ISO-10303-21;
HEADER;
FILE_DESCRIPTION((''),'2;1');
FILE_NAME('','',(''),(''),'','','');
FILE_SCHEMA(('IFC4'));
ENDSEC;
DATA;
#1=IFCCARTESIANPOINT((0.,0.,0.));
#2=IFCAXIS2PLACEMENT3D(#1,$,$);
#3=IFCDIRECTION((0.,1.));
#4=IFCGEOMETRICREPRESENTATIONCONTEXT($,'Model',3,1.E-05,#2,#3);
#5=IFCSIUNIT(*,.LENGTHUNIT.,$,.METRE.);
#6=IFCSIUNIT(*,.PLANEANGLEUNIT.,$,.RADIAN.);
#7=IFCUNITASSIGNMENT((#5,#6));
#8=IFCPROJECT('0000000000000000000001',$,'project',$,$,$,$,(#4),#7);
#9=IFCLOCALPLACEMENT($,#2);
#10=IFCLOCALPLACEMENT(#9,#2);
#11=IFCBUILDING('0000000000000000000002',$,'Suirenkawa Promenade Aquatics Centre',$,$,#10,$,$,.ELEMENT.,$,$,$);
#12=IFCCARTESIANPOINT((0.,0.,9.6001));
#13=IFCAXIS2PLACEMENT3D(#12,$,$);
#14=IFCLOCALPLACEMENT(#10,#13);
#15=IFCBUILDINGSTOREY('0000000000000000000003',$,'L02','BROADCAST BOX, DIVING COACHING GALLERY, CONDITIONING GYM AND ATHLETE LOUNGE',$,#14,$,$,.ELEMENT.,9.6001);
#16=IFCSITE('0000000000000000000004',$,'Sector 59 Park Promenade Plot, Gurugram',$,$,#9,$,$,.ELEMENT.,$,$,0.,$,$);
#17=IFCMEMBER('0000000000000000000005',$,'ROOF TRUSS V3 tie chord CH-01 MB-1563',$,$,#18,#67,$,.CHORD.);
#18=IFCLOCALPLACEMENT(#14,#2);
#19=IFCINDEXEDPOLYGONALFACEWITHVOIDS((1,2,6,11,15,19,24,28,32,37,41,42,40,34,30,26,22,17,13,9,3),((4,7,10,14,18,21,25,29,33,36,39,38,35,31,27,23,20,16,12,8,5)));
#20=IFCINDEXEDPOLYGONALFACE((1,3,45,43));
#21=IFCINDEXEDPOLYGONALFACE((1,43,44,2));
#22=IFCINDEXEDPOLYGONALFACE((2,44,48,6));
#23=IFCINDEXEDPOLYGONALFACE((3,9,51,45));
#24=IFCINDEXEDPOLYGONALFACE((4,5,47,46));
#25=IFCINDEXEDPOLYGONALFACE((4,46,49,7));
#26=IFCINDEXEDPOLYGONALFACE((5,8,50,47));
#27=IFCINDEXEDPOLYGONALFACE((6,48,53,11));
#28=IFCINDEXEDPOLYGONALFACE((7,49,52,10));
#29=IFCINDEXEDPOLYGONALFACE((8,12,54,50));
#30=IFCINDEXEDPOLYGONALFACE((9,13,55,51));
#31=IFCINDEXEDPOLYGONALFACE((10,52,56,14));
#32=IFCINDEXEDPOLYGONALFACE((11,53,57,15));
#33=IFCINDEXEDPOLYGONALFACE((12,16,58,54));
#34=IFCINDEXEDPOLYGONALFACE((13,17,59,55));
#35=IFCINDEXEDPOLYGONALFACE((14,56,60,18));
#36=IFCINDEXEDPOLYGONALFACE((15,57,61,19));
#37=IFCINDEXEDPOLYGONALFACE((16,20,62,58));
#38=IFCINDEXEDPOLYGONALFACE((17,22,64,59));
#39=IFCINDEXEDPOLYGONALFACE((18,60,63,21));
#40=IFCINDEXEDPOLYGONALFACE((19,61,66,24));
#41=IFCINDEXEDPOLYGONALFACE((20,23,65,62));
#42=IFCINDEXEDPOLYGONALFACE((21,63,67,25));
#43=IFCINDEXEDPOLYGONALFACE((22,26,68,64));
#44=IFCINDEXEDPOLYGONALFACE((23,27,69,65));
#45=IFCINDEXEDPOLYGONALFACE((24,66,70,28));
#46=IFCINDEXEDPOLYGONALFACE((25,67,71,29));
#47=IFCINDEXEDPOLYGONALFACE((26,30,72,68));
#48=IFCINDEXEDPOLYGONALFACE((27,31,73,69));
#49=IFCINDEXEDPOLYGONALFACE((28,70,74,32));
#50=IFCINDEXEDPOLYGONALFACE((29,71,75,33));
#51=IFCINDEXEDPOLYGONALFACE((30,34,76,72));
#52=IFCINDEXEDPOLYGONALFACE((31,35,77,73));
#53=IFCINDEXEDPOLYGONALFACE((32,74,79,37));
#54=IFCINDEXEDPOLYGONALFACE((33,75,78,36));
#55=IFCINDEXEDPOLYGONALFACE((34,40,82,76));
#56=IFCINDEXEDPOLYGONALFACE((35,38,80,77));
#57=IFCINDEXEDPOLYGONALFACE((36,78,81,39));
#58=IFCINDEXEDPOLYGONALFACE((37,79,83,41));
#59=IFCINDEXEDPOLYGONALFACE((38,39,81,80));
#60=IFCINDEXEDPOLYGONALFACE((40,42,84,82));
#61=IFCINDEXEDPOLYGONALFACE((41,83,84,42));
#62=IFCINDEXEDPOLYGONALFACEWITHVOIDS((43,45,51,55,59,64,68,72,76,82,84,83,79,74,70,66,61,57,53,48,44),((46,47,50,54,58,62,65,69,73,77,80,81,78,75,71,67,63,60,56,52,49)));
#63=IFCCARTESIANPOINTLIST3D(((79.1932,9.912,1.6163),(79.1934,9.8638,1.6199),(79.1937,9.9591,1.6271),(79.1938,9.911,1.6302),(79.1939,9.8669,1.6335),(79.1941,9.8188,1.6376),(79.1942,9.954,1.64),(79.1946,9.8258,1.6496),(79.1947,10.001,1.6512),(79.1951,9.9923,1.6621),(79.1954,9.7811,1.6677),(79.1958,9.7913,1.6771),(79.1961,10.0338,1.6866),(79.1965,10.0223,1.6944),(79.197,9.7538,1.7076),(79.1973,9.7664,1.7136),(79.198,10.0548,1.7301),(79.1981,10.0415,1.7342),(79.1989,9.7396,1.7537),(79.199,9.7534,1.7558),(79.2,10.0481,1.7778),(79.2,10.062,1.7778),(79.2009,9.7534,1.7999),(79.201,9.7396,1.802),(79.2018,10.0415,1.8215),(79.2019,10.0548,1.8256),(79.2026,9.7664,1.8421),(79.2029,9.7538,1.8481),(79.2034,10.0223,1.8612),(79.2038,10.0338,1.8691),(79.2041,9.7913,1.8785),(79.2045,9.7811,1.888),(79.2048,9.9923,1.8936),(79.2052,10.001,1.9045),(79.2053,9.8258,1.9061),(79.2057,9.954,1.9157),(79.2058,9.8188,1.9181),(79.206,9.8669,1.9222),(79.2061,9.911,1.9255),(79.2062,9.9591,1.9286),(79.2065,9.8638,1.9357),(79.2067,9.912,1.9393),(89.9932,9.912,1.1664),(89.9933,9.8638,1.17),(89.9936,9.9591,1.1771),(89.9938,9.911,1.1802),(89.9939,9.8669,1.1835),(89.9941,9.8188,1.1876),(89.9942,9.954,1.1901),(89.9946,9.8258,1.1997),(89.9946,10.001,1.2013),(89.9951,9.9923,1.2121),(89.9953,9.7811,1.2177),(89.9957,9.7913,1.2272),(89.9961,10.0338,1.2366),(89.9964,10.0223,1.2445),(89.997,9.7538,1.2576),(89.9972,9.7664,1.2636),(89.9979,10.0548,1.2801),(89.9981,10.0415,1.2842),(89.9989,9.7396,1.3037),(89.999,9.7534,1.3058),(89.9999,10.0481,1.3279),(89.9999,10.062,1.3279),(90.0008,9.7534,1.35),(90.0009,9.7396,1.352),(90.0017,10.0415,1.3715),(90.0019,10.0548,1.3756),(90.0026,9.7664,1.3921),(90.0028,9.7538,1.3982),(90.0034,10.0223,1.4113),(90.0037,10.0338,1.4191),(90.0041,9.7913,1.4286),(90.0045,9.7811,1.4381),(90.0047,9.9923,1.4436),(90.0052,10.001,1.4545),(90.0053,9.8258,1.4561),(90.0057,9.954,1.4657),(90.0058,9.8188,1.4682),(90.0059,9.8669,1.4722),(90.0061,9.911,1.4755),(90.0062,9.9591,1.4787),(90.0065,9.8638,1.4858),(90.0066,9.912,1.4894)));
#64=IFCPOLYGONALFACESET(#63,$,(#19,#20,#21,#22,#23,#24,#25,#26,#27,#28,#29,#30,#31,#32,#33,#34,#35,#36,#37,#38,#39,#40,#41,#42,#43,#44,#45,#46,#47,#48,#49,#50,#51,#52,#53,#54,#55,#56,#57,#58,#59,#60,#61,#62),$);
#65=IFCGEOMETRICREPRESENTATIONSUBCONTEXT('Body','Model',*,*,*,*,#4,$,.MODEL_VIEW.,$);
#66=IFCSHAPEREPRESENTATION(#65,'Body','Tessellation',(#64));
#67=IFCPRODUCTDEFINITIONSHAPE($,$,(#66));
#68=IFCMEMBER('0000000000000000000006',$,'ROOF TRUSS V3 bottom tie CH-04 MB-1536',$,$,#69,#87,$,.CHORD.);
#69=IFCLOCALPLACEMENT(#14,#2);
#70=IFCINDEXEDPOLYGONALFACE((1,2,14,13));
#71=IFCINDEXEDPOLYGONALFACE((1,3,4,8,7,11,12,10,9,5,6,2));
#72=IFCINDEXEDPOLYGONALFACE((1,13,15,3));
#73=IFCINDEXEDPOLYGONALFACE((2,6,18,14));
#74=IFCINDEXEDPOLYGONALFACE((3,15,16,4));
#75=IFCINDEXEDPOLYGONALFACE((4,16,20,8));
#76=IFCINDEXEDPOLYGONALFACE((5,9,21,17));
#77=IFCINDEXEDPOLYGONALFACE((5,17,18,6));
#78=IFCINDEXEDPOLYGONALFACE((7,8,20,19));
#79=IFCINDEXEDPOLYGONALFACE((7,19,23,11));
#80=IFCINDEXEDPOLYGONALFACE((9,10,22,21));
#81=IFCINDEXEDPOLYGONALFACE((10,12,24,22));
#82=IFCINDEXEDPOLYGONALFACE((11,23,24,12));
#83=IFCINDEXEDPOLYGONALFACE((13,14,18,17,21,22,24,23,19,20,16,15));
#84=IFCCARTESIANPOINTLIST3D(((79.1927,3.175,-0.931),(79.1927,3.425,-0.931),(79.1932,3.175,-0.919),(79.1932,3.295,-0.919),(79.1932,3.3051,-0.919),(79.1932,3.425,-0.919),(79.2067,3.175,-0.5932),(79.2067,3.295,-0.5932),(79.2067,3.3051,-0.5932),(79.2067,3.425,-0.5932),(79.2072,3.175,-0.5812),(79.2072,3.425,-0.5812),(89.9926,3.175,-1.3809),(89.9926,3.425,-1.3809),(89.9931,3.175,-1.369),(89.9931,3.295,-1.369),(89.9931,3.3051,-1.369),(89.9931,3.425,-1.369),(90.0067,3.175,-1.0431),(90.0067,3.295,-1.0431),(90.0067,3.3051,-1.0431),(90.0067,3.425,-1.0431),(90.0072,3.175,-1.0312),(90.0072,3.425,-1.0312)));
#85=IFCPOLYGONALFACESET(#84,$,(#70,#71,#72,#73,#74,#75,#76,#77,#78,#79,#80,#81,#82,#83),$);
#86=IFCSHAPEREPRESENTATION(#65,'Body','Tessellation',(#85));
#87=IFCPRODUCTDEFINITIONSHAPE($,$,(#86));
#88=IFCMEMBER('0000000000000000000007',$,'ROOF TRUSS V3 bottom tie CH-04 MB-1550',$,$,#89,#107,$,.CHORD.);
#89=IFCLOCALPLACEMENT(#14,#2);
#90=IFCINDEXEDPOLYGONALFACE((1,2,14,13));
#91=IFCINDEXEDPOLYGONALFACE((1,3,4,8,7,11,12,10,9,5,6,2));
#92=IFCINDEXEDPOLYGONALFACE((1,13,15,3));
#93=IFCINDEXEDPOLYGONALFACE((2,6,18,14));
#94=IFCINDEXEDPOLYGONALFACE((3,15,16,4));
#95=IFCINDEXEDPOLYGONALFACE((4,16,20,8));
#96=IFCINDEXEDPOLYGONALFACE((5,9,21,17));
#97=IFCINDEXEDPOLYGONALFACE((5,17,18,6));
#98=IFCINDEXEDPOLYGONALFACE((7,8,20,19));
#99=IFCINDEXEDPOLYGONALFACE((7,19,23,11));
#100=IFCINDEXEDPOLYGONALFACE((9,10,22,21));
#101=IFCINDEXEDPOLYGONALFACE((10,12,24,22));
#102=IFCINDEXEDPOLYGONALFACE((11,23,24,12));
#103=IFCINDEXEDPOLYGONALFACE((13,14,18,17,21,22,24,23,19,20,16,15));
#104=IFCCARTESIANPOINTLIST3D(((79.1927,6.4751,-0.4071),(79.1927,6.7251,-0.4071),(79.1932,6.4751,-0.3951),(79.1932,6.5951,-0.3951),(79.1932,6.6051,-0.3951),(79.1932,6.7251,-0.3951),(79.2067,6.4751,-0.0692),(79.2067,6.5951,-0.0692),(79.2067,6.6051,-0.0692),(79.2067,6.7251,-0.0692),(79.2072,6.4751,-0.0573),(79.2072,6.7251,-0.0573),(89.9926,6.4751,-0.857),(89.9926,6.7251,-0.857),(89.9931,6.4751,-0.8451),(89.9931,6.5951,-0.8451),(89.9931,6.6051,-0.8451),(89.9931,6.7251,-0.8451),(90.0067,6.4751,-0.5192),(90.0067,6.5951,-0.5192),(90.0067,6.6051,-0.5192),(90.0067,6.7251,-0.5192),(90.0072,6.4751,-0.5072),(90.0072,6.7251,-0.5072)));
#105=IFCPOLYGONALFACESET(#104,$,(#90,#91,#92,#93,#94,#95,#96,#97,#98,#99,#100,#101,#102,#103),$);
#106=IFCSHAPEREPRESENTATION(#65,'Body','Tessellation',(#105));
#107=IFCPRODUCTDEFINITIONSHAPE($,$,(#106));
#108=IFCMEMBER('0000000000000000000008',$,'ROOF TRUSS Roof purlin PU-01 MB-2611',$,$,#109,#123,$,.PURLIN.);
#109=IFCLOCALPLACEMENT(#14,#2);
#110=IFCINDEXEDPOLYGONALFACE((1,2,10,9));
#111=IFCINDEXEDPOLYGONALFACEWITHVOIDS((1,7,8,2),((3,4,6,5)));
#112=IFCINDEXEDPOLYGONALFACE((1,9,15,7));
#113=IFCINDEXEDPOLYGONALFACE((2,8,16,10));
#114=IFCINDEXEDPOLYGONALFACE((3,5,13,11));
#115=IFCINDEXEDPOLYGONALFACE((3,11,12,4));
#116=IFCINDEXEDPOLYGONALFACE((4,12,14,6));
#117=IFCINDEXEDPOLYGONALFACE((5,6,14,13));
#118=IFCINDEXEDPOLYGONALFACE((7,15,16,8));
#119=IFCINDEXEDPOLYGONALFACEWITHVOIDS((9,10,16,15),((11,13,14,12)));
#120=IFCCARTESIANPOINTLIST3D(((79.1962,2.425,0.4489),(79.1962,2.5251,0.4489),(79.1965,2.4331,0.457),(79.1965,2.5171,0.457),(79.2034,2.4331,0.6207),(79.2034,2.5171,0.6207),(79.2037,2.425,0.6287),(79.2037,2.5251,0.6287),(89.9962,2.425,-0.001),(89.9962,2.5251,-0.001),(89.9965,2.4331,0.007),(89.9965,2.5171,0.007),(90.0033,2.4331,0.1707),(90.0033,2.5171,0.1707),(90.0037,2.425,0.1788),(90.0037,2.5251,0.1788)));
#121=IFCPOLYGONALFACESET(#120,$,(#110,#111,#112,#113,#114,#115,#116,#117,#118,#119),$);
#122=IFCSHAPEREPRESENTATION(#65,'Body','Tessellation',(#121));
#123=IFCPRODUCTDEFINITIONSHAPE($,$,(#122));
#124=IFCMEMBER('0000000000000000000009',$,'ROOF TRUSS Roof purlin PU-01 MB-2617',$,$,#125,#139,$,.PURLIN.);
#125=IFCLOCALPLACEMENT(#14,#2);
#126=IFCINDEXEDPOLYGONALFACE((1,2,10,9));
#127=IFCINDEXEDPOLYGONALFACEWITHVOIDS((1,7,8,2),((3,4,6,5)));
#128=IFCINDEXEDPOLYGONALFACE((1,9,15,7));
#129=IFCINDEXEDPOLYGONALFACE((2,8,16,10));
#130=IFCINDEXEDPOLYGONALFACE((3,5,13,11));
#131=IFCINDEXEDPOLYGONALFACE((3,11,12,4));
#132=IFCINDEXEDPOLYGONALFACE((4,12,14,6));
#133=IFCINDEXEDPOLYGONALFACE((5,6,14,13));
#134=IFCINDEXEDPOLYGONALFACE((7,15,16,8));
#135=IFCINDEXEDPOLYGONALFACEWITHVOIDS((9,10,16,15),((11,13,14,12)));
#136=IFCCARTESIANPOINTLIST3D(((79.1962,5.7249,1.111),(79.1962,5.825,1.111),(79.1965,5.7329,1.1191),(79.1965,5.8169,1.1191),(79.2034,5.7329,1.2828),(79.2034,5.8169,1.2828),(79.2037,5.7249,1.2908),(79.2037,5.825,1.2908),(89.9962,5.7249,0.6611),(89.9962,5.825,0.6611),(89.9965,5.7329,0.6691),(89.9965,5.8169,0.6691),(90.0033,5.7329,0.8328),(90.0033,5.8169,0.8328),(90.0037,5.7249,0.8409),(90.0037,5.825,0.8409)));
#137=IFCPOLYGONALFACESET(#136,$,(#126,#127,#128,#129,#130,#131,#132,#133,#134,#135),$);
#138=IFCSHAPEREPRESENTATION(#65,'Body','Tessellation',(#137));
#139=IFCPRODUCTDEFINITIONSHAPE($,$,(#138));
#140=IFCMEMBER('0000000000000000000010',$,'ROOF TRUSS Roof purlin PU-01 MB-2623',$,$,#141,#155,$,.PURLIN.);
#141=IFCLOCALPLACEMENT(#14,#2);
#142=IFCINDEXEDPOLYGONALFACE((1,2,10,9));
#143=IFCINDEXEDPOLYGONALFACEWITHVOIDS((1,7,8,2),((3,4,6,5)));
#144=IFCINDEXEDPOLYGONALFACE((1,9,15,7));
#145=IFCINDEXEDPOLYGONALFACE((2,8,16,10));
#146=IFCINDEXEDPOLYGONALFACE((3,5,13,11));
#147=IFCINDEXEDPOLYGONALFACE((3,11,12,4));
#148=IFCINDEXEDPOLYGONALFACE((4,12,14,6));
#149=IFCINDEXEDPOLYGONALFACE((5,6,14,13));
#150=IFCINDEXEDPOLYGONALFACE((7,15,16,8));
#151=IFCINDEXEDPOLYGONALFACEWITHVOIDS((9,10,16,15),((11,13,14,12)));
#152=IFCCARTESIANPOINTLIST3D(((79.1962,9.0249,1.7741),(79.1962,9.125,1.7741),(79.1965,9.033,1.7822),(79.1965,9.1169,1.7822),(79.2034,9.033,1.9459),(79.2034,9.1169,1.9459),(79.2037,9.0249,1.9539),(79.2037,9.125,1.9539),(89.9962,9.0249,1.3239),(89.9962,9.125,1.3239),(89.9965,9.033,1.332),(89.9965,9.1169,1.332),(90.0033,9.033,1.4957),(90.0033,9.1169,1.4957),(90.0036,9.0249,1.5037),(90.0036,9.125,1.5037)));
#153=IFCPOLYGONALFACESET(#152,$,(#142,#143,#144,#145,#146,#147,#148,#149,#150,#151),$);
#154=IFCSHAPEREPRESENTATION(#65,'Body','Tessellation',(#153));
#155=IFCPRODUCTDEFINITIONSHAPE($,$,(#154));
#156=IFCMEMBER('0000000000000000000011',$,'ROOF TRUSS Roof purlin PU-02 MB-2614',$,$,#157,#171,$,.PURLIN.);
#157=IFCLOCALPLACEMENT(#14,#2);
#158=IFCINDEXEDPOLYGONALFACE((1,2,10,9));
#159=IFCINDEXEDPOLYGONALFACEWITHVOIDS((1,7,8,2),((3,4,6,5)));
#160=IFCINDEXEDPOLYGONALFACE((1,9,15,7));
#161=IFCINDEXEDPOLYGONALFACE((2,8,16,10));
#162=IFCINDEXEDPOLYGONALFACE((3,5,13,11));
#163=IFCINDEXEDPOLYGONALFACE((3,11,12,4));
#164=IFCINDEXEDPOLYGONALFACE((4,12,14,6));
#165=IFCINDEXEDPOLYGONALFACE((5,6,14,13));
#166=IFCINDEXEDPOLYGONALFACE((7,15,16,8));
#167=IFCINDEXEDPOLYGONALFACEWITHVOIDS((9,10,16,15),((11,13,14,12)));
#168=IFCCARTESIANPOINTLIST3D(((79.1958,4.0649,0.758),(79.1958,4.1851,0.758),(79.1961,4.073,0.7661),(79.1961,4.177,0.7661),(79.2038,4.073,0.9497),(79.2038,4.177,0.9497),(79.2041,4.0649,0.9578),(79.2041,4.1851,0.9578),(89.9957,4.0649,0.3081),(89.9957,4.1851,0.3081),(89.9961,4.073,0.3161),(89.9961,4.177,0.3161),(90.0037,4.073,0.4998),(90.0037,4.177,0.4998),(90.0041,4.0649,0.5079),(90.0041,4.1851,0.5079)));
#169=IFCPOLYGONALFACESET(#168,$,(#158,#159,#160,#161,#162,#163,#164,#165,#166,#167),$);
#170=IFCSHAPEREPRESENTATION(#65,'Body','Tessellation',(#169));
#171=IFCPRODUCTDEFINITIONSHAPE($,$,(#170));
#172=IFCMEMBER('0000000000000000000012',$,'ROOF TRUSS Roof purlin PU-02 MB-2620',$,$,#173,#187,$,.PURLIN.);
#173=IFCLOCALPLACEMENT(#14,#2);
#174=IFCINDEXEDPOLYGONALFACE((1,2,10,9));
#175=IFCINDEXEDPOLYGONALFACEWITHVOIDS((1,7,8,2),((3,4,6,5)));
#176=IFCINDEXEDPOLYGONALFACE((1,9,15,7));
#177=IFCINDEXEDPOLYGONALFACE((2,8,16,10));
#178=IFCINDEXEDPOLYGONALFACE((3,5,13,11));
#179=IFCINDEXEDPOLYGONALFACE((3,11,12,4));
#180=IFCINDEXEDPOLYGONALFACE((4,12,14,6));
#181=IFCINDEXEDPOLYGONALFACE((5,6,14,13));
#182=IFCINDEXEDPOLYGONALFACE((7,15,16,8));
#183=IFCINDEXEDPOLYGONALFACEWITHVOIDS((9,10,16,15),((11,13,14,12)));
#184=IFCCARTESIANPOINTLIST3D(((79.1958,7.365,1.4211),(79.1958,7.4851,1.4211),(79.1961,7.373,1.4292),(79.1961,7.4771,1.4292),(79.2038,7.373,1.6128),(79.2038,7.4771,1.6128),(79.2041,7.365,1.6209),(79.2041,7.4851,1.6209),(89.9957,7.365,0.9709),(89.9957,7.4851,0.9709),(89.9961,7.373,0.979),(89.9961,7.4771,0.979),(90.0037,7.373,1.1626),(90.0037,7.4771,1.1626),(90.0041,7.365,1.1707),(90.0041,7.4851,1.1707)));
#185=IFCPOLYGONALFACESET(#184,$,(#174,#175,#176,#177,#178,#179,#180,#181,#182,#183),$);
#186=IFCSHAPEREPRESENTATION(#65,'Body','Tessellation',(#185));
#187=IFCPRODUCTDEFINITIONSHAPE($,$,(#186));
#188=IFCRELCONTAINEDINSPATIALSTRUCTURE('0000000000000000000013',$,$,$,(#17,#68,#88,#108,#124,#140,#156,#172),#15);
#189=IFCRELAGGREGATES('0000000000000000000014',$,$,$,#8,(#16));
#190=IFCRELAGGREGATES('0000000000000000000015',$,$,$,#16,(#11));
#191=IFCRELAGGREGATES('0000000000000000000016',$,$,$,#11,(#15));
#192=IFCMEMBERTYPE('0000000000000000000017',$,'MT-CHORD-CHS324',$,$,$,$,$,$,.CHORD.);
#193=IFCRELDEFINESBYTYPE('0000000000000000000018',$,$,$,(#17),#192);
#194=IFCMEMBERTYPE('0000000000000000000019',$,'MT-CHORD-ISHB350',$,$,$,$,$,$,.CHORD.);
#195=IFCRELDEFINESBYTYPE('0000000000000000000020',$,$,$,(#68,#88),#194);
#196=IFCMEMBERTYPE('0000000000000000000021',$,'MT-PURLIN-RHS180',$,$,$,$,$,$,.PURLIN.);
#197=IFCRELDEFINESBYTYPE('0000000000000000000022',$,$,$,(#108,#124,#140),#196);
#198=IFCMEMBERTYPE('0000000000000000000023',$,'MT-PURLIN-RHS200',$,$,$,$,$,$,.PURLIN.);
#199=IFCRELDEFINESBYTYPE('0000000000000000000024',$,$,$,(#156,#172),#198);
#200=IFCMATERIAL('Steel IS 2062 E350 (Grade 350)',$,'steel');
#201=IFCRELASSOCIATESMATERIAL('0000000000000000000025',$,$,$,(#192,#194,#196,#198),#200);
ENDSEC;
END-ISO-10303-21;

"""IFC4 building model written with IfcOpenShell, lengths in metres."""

from ifc_helpers import new_model, si_unit, direction, frame, origin, origin_2d, place, context, subcontext, project, spatial, hollow_rectangle, hollow_circle, i_section, extrude, material, material_profile, profile_set, type_object, element, save


model = new_model("IFC4")

# Units and contexts
model_context = context("Model", 3, precision=1e-05, world=origin(), true_north=direction((0.0, 1.0)))
body_context = subcontext(model_context, "Body", "Model", "MODEL_VIEW")
ifc_project = project(units=[si_unit("LENGTHUNIT", "METRE"), si_unit("PLANEANGLEUNIT", "RADIAN")], contexts=[model_context])

# Site, building, storey
site_placement = place(None, origin())
site = spatial("IfcSite", under=ifc_project, at=site_placement, Name="Sector 59 Park Promenade Plot, Gurugram", CompositionType="ELEMENT", RefElevation=0.0)
building_placement = place(site_placement, origin())
building = spatial("IfcBuilding", under=site, at=building_placement, Name="Suirenkawa Promenade Aquatics Centre", CompositionType="ELEMENT")
storey_placement = place(building_placement, frame((0.0, 0.0, 9.6001)))
storey = spatial("IfcBuildingStorey", under=building, at=storey_placement, Name="L02", Description="BROADCAST BOX, DIVING COACHING GALLERY, CONDITIONING GYM AND ATHLETE LOUNGE", CompositionType="ELEMENT", Elevation=9.6001)

# Shared definitions
ifc_material = material(Name="Steel IS 2062 E350 (Grade 350)", Category="steel")

# Members
ifc_material_profile_1 = material_profile(ifc_material, hollow_circle(Radius=0.1621, WallThickness=0.0139, at=origin_2d()), Name="CHS 324x14", Category="steel")
ifc_profile_set_1 = profile_set([ifc_material_profile_1], Name="Steel IS 2062 E350 (Grade 350)")
member_type_1 = type_object("IfcMemberType", Name="MT-CHORD-CHS324", PredefinedType="CHORD", material=ifc_profile_set_1)
for number, where, z_axis, x_axis, name in (
    (1, (79.2, 9.8999, 1.7778), (0.999133, 0.0, -0.041626), (0.0, 1.0, 0.0), "ROOF TRUSS V3 tie chord CH-01 MB-1563"),
):
    element("IfcMember", number, at=place(storey_placement, frame(where, z_axis=z_axis, x_axis=x_axis)), inside=storey, type_object=member_type_1, Name=name, PredefinedType="CHORD", context=body_context, shape_type="SweptSolid", body=[
        extrude(hollow_circle(Radius=0.1621, WallThickness=0.0139, at=origin_2d()), origin(), (0.0, 0.0, 1.0), 10.8093),
    ])
ifc_material_profile_2 = material_profile(ifc_material, i_section(OverallWidth=0.25, OverallDepth=0.3501, WebThickness=0.01, FlangeThickness=0.012, at=origin_2d()), Name="ISHB 350", Category="steel")
ifc_profile_set_2 = profile_set([ifc_material_profile_2], Name="Steel IS 2062 E350 (Grade 350)")
member_type_2 = type_object("IfcMemberType", Name="MT-CHORD-ISHB350", PredefinedType="CHORD", material=ifc_profile_set_2)
for number, where, z_axis, x_axis, name in (
    (2, (79.2, 3.3, -0.7561), (0.999133, 0.0, -0.041626), (0.0, 1.0, 0.0), "ROOF TRUSS V3 bottom tie CH-04 MB-1536"),
    (3, (79.2, 6.6001, -0.2322), (0.999133, 0.0, -0.041626), (0.0, 1.0, 0.0), "ROOF TRUSS V3 bottom tie CH-04 MB-1550"),
):
    element("IfcMember", number, at=place(storey_placement, frame(where, z_axis=z_axis, x_axis=x_axis)), inside=storey, type_object=member_type_2, Name=name, PredefinedType="CHORD", context=body_context, shape_type="SweptSolid", body=[
        extrude(i_section(OverallWidth=0.25, OverallDepth=0.3501, WebThickness=0.01, FlangeThickness=0.012, at=origin_2d()), origin(), (0.0, 0.0, 1.0), 10.8093),
    ])
ifc_material_profile_3 = material_profile(ifc_material, hollow_rectangle(XDim=0.1001, YDim=0.1799, WallThickness=0.0081, at=origin_2d()), Name="RHS 180x100x8", Category="steel")
ifc_profile_set_3 = profile_set([ifc_material_profile_3], Name="Steel IS 2062 E350 (Grade 350)")
member_type_3 = type_object("IfcMemberType", Name="MT-PURLIN-RHS180", PredefinedType="PURLIN", material=ifc_profile_set_3)
for number, where, z_axis, x_axis, name in (
    (4, (79.2, 2.4751, 0.5388), (0.999133, 0.0, -0.041626), (0.0, 1.0, 0.0), "ROOF TRUSS Roof purlin PU-01 MB-2611"),
    (5, (79.2, 5.7749, 1.2009), (0.999133, 0.0, -0.041626), (0.0, 1.0, 0.0), "ROOF TRUSS Roof purlin PU-01 MB-2617"),
    (6, (79.2, 9.075, 1.864), (0.999132, 0.0, -0.041648), (0.0, 1.0, 0.0), "ROOF TRUSS Roof purlin PU-01 MB-2623"),
):
    element("IfcMember", number, at=place(storey_placement, frame(where, z_axis=z_axis, x_axis=x_axis)), inside=storey, type_object=member_type_3, Name=name, PredefinedType="PURLIN", context=body_context, shape_type="SweptSolid", body=[
        extrude(hollow_rectangle(XDim=0.1001, YDim=0.1799, WallThickness=0.0081, at=origin_2d()), origin(), (0.0, 0.0, 1.0), 10.8093),
    ])
ifc_material_profile_4 = material_profile(ifc_material, hollow_rectangle(XDim=0.1201, YDim=0.2, WallThickness=0.0081, at=origin_2d()), Name="RHS 200x120x8", Category="steel")
ifc_profile_set_4 = profile_set([ifc_material_profile_4], Name="Steel IS 2062 E350 (Grade 350)")
member_type_4 = type_object("IfcMemberType", Name="MT-PURLIN-RHS200", PredefinedType="PURLIN", material=ifc_profile_set_4)
for number, where, z_axis, x_axis, name in (
    (7, (79.2, 4.125, 0.8579), (0.999133, 0.0, -0.041626), (0.0, 1.0, 0.0), "ROOF TRUSS Roof purlin PU-02 MB-2614"),
    (8, (79.2, 7.425, 1.521), (0.999132, 0.0, -0.041648), (0.0, 1.0, 0.0), "ROOF TRUSS Roof purlin PU-02 MB-2620"),
):
    element("IfcMember", number, at=place(storey_placement, frame(where, z_axis=z_axis, x_axis=x_axis)), inside=storey, type_object=member_type_4, Name=name, PredefinedType="PURLIN", context=body_context, shape_type="SweptSolid", body=[
        extrude(hollow_rectangle(XDim=0.1201, YDim=0.2, WallThickness=0.0081, at=origin_2d()), origin(), (0.0, 0.0, 1.0), 10.8093),
    ])

save(model, "model.ifc")
